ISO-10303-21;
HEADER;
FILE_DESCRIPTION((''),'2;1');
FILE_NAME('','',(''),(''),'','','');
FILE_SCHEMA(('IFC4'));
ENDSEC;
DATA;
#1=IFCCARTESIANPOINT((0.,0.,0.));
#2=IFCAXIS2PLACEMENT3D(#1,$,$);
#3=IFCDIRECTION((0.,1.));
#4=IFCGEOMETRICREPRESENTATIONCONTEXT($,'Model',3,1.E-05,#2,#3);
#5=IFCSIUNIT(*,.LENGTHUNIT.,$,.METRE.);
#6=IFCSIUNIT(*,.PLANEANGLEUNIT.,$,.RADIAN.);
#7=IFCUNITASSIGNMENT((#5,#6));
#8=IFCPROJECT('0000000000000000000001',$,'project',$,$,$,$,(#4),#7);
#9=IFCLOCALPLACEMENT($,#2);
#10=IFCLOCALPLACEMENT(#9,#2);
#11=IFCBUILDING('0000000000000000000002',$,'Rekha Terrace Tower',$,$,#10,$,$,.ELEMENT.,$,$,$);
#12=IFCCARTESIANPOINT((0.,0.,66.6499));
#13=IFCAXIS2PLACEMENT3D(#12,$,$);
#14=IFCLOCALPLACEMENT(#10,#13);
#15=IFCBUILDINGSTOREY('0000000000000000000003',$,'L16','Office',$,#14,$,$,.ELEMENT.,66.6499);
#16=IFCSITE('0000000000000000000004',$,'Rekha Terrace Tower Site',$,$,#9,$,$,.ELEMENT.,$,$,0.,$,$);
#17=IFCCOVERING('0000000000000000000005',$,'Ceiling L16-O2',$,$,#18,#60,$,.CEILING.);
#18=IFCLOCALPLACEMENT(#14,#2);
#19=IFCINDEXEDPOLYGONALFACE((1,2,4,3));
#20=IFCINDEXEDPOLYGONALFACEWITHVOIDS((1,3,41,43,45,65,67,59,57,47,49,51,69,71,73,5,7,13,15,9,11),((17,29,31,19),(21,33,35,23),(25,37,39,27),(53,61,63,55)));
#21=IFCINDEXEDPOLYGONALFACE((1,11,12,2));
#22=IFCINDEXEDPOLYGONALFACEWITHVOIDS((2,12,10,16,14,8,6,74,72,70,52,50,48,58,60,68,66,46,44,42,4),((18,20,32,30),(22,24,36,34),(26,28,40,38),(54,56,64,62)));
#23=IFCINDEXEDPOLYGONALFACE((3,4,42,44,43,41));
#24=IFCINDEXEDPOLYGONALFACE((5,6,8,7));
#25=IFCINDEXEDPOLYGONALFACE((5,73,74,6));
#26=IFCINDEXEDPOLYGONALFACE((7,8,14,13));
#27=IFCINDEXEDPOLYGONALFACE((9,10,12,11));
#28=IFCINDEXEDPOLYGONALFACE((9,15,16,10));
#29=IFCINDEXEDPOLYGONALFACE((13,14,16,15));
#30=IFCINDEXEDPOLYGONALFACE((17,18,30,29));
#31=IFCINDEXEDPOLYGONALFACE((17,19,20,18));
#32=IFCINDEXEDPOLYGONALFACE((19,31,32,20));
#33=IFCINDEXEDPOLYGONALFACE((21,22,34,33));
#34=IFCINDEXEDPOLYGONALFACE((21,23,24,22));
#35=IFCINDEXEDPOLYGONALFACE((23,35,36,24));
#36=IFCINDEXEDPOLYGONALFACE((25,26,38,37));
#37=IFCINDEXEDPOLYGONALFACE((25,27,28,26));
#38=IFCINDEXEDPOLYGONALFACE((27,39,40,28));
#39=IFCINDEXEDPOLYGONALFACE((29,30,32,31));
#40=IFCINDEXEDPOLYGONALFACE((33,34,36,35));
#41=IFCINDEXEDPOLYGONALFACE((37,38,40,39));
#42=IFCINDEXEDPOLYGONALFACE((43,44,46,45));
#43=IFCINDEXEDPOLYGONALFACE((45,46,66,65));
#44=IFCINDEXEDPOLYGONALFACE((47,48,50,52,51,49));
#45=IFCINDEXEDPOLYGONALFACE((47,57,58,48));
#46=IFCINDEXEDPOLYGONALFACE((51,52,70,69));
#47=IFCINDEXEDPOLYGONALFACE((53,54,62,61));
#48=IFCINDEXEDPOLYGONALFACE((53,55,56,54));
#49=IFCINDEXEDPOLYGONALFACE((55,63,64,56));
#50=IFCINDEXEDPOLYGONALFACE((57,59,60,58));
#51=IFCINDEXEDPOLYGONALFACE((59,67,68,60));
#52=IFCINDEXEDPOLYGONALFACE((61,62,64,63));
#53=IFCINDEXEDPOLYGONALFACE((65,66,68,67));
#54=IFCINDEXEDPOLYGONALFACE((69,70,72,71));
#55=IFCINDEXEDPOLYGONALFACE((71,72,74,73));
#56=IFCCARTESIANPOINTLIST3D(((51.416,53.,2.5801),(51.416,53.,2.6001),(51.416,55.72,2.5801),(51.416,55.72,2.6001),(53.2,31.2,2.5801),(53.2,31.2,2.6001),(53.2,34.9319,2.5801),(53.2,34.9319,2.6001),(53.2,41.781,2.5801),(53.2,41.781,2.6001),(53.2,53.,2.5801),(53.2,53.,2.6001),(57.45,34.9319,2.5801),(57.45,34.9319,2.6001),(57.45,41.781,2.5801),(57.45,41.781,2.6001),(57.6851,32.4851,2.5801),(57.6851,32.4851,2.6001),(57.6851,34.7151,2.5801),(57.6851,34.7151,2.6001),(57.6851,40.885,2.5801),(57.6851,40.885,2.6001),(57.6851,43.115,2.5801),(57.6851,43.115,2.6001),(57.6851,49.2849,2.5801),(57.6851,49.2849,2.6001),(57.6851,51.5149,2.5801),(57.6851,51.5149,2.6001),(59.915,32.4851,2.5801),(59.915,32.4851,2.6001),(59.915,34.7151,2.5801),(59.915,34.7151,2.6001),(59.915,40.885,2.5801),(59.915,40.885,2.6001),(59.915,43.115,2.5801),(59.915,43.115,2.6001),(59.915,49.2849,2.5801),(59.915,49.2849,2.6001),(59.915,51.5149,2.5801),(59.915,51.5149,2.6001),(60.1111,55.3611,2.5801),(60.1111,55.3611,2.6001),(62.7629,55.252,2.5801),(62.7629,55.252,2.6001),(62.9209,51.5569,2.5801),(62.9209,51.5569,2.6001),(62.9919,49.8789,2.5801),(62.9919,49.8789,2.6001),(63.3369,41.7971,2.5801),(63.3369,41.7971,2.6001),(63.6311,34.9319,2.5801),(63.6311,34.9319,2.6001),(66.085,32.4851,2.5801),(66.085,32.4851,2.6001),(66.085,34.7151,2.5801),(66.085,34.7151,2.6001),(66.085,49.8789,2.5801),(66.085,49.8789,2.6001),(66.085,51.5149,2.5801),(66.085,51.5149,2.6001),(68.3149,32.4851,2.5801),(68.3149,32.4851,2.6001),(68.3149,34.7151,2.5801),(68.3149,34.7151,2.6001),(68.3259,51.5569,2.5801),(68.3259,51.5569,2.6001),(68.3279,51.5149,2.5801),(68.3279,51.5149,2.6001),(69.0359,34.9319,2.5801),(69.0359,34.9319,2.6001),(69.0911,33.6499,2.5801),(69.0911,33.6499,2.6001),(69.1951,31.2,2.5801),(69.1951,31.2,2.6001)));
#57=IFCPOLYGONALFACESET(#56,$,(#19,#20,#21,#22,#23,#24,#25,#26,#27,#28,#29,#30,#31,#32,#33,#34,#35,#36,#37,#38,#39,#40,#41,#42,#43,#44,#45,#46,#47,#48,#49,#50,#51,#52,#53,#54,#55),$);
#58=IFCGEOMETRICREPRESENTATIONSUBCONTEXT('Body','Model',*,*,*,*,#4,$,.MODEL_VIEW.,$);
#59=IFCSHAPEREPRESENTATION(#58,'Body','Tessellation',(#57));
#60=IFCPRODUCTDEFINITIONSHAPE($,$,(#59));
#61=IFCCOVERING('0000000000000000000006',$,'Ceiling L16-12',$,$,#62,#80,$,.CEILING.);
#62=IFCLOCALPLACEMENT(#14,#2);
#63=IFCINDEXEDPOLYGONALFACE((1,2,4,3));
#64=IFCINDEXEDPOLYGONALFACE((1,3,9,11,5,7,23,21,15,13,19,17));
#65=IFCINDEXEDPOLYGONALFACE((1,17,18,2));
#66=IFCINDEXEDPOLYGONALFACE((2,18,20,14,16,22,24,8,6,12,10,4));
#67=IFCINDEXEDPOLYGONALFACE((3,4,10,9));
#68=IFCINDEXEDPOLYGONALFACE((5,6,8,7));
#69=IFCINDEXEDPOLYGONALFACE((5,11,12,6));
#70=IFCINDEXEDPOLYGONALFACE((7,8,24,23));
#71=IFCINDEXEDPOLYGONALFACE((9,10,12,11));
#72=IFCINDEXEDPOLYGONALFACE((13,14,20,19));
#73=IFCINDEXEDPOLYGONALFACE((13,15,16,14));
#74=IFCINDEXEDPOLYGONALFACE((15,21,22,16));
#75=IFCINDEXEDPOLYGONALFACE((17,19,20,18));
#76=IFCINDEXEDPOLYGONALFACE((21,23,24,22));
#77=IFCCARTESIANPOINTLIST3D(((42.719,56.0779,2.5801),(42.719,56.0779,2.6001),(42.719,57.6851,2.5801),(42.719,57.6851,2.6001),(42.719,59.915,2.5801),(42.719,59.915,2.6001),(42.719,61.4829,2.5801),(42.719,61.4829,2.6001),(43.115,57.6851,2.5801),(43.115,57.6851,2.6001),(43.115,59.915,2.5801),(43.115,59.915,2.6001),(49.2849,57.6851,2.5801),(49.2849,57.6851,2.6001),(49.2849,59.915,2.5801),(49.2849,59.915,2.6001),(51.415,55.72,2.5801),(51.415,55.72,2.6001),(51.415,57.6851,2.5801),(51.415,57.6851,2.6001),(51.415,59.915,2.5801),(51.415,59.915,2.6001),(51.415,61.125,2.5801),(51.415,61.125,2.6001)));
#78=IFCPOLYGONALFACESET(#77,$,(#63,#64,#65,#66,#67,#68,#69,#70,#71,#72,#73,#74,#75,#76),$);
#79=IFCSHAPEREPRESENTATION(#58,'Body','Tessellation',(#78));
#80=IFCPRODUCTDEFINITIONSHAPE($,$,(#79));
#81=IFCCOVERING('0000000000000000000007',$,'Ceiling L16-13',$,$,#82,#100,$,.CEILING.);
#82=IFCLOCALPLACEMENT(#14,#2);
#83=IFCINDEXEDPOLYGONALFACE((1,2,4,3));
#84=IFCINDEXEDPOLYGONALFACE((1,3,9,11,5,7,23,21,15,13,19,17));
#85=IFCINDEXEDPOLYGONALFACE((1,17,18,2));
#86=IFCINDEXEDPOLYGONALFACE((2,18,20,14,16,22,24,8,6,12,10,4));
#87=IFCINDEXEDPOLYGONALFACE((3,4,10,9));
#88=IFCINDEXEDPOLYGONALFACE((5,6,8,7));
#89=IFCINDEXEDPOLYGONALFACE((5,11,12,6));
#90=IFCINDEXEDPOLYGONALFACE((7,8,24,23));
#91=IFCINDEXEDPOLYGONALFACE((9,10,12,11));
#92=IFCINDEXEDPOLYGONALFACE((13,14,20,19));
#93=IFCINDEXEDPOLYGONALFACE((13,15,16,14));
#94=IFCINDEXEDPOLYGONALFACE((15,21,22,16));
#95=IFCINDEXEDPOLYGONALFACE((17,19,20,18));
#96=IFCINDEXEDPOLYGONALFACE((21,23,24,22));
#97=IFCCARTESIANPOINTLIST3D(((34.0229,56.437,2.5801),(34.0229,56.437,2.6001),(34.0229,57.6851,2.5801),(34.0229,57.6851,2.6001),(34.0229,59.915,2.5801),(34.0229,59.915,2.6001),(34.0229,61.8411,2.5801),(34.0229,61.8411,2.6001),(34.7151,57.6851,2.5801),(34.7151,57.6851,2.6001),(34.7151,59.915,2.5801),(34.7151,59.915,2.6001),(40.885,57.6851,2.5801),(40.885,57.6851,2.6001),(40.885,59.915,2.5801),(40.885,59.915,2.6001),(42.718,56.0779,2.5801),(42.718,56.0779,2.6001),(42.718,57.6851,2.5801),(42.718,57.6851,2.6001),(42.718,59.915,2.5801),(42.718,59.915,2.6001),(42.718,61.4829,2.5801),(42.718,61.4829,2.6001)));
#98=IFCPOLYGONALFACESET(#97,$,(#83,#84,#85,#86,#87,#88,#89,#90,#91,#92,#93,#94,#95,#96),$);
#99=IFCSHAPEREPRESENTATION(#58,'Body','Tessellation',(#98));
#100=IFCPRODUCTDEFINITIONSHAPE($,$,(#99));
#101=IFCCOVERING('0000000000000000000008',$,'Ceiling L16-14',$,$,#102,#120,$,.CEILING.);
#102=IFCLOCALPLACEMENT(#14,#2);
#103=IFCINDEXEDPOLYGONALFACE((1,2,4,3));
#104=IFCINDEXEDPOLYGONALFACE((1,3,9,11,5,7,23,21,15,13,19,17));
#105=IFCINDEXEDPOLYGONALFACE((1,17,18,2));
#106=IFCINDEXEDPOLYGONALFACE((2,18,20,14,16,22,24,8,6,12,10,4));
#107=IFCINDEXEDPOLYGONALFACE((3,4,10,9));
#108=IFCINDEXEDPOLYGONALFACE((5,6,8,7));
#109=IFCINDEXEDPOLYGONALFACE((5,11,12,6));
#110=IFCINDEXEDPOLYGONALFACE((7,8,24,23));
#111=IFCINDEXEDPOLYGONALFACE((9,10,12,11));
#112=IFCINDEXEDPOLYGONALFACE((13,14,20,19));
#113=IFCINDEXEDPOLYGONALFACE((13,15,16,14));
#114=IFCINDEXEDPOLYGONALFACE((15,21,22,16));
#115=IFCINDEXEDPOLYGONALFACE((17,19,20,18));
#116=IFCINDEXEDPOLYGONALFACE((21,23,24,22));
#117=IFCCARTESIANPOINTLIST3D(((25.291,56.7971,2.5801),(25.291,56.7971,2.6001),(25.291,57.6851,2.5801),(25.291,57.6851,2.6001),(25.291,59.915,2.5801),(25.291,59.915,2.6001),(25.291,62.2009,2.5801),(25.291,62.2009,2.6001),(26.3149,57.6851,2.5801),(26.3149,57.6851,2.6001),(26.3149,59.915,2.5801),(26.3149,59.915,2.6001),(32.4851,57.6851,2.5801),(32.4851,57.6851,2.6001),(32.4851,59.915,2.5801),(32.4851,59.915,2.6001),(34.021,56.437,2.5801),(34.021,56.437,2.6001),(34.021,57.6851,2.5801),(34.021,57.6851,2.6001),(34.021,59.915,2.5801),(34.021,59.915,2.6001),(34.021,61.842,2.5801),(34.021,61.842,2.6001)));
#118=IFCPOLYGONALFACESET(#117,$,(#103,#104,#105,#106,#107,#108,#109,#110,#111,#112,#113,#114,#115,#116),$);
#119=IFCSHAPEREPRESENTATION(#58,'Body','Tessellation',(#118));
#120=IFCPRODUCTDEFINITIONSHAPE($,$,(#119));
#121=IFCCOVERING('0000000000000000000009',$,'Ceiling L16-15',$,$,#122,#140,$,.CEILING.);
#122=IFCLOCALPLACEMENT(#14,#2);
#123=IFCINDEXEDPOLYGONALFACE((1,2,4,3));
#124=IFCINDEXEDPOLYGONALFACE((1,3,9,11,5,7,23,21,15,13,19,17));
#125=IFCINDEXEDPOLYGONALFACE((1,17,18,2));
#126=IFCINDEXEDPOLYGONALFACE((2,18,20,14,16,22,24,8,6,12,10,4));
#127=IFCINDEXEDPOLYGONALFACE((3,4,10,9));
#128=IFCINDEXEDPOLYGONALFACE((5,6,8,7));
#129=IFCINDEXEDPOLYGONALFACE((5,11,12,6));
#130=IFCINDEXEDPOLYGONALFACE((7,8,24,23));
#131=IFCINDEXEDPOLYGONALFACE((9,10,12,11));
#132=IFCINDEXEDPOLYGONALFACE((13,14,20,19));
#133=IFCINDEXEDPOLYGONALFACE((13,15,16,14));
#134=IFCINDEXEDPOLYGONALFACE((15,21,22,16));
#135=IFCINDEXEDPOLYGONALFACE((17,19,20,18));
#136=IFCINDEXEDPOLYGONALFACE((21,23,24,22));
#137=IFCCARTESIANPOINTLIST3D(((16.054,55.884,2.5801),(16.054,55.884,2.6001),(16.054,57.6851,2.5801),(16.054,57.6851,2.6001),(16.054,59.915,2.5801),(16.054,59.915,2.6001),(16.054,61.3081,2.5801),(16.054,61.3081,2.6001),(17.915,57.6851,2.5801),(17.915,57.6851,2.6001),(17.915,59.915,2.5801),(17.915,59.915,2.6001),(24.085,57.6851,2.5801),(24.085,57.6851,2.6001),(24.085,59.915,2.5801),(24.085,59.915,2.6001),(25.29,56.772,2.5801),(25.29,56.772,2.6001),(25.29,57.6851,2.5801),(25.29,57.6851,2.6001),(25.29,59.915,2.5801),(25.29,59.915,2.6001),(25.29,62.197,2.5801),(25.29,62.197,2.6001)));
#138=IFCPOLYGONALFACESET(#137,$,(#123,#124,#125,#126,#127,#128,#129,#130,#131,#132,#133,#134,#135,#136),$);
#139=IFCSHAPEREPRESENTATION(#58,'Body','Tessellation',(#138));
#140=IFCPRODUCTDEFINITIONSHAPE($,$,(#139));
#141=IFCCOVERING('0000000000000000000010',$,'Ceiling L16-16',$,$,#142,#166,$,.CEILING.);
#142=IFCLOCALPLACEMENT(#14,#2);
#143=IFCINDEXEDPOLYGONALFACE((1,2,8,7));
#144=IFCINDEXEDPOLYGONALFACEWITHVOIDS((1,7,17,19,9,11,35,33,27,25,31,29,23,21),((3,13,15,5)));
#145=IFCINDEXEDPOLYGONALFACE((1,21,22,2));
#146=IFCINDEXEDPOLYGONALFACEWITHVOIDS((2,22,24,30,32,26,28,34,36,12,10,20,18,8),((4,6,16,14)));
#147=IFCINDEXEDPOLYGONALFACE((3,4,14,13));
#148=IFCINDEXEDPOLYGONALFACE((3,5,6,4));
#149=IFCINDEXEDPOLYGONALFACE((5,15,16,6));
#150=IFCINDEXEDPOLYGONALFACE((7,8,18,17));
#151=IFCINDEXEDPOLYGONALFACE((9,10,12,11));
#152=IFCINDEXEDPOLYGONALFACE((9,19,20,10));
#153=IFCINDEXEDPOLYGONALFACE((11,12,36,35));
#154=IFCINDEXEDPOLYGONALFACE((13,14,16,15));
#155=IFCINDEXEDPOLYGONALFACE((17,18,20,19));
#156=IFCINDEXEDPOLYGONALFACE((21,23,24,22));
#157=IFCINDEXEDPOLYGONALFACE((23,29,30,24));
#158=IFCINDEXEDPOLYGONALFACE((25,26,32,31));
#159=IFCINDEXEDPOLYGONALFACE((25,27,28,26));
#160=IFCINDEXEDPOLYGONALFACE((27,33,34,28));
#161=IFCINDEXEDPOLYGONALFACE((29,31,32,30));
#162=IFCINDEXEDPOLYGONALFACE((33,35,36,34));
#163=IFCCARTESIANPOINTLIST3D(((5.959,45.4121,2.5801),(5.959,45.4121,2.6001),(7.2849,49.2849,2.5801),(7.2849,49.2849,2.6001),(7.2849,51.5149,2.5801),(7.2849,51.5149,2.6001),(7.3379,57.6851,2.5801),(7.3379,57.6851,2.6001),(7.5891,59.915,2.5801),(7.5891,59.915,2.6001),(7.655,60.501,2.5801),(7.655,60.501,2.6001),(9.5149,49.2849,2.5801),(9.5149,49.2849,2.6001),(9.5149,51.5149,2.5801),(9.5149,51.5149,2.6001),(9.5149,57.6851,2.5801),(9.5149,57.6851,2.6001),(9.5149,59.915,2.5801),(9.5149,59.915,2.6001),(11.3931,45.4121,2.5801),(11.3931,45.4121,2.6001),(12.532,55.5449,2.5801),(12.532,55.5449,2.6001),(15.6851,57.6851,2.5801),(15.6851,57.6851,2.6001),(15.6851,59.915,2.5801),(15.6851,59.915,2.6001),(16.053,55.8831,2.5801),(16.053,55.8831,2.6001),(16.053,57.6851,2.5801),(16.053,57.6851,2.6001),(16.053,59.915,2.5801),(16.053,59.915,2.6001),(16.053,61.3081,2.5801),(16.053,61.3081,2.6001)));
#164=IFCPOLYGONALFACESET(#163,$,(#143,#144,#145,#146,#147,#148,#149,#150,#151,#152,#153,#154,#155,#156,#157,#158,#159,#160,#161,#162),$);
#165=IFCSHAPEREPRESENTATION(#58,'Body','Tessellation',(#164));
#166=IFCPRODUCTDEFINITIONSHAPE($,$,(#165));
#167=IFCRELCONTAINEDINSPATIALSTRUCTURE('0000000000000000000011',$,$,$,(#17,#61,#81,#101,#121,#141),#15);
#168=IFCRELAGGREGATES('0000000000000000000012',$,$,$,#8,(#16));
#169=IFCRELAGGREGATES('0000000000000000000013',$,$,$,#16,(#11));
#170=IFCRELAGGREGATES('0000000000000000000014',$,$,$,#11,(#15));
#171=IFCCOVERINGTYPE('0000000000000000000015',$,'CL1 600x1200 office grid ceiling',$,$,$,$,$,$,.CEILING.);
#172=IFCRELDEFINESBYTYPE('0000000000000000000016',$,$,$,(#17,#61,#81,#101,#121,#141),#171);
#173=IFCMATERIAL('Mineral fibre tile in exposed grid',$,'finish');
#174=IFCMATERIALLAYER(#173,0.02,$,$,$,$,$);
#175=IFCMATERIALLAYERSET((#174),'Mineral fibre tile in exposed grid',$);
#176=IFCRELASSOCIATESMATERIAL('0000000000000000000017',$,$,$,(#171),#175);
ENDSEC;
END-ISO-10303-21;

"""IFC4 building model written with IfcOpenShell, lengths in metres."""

from ifc_helpers import new_model, si_unit, direction, frame, origin, place, context, subcontext, project, spatial, polyline, outline, extrude, material, layer, layer_set, type_object, element, save


model = new_model("IFC4")

# Units and contexts
model_context = context("Model", 3, precision=1e-05, world=origin(), true_north=direction((0.0, 1.0)))
body_context = subcontext(model_context, "Body", "Model", "MODEL_VIEW")
ifc_project = project(units=[si_unit("LENGTHUNIT", "METRE"), si_unit("PLANEANGLEUNIT", "RADIAN")], contexts=[model_context])

# Site, building, storey
site_placement = place(None, origin())
site = spatial("IfcSite", under=ifc_project, at=site_placement, Name="Rekha Terrace Tower Site", CompositionType="ELEMENT", RefElevation=0.0)
building_placement = place(site_placement, origin())
building = spatial("IfcBuilding", under=site, at=building_placement, Name="Rekha Terrace Tower", CompositionType="ELEMENT")
storey_placement = place(building_placement, frame((0.0, 0.0, 66.6499)))
storey = spatial("IfcBuildingStorey", under=building, at=storey_placement, Name="L16", Description="Office", CompositionType="ELEMENT", Elevation=66.6499)

# Coverings
ifc_material_1 = material(Name="Mineral fibre tile in exposed grid", Category="finish")
ifc_layer_1 = layer(ifc_material_1, 0.02)
ifc_layer_set_1 = layer_set([ifc_layer_1], Name="Mineral fibre tile in exposed grid")
covering_type_1 = type_object("IfcCoveringType", Name="CL1 600x1200 office grid ceiling", PredefinedType="CEILING", material=ifc_layer_set_1)
covering_1_placement = place(storey_placement, frame((0.0, 0.0, 2.5801)))
element("IfcCovering", 1, at=covering_1_placement, inside=storey, type_object=covering_type_1, Name="Ceiling L16-O2", PredefinedType="CEILING", context=body_context, shape_type="SweptSolid", body=[
    extrude(outline(polyline([(62.7629, 55.252), (60.1111, 55.3611), (51.416, 55.72), (51.416, 53.0), (53.2, 53.0), (53.2, 41.781), (57.45, 41.781), (57.45, 34.9319), (53.2, 34.9319), (53.2, 31.2), (69.1951, 31.2), (69.0911, 33.6499), (69.0359, 34.9319), (63.6311, 34.9319), (63.3369, 41.7971), (62.9919, 49.8789), (66.085, 49.8789), (66.085, 51.5149), (68.3279, 51.5149), (68.3259, 51.5569), (62.9209, 51.5569), (62.7629, 55.252)]), holes=[polyline([(68.3149, 32.4851), (66.085, 32.4851), (66.085, 34.7151), (68.3149, 34.7151), (68.3149, 32.4851)]), polyline([(59.915, 32.4851), (57.6851, 32.4851), (57.6851, 34.7151), (59.915, 34.7151), (59.915, 32.4851)]), polyline([(59.915, 40.885), (57.6851, 40.885), (57.6851, 43.115), (59.915, 43.115), (59.915, 40.885)]), polyline([(59.915, 49.2849), (57.6851, 49.2849), (57.6851, 51.5149), (59.915, 51.5149), (59.915, 49.2849)])]), origin(), (0.0, 0.0, 1.0), 0.02),
])
covering_2_placement = place(storey_placement, frame((0.0, 0.0, 2.5801)))
element("IfcCovering", 2, at=covering_2_placement, inside=storey, type_object=covering_type_1, Name="Ceiling L16-12", PredefinedType="CEILING", context=body_context, shape_type="SweptSolid", body=[
    extrude(outline(polyline([(51.415, 59.915), (51.415, 61.125), (42.719, 61.4829), (42.719, 59.915), (43.115, 59.915), (43.115, 57.6851), (42.719, 57.6851), (42.719, 56.0779), (51.415, 55.72), (51.415, 57.6851), (49.2849, 57.6851), (49.2849, 59.915), (51.415, 59.915)])), origin(), (0.0, 0.0, 1.0), 0.02),
])
covering_3_placement = place(storey_placement, frame((0.0, 0.0, 2.5801)))
element("IfcCovering", 3, at=covering_3_placement, inside=storey, type_object=covering_type_1, Name="Ceiling L16-13", PredefinedType="CEILING", context=body_context, shape_type="SweptSolid", body=[
    extrude(outline(polyline([(42.718, 59.915), (42.718, 61.4829), (34.0229, 61.8411), (34.0229, 59.915), (34.7151, 59.915), (34.7151, 57.6851), (34.0229, 57.6851), (34.0229, 56.437), (42.718, 56.0779), (42.718, 57.6851), (40.885, 57.6851), (40.885, 59.915), (42.718, 59.915)])), origin(), (0.0, 0.0, 1.0), 0.02),
])
covering_4_placement = place(storey_placement, frame((0.0, 0.0, 2.5801)))
element("IfcCovering", 4, at=covering_4_placement, inside=storey, type_object=covering_type_1, Name="Ceiling L16-14", PredefinedType="CEILING", context=body_context, shape_type="SweptSolid", body=[
    extrude(outline(polyline([(34.021, 59.915), (34.021, 61.842), (25.291, 62.2009), (25.291, 59.915), (26.3149, 59.915), (26.3149, 57.6851), (25.291, 57.6851), (25.291, 56.7971), (34.021, 56.437), (34.021, 57.6851), (32.4851, 57.6851), (32.4851, 59.915), (34.021, 59.915)])), origin(), (0.0, 0.0, 1.0), 0.02),
])
covering_5_placement = place(storey_placement, frame((0.0, 0.0, 2.5801)))
element("IfcCovering", 5, at=covering_5_placement, inside=storey, type_object=covering_type_1, Name="Ceiling L16-15", PredefinedType="CEILING", context=body_context, shape_type="SweptSolid", body=[
    extrude(outline(polyline([(25.29, 59.915), (25.29, 62.197), (16.054, 61.3081), (16.054, 59.915), (17.915, 59.915), (17.915, 57.6851), (16.054, 57.6851), (16.054, 55.884), (25.29, 56.772), (25.29, 57.6851), (24.085, 57.6851), (24.085, 59.915), (25.29, 59.915)])), origin(), (0.0, 0.0, 1.0), 0.02),
])
covering_6_placement = place(storey_placement, frame((0.0, 0.0, 2.5801)))
element("IfcCovering", 6, at=covering_6_placement, inside=storey, type_object=covering_type_1, Name="Ceiling L16-16", PredefinedType="CEILING", context=body_context, shape_type="SweptSolid", body=[
    extrude(outline(polyline([(16.053, 59.915), (16.053, 61.3081), (7.655, 60.501), (7.5891, 59.915), (9.5149, 59.915), (9.5149, 57.6851), (7.3379, 57.6851), (5.959, 45.4121), (11.3931, 45.4121), (12.532, 55.5449), (16.053, 55.8831), (16.053, 57.6851), (15.6851, 57.6851), (15.6851, 59.915), (16.053, 59.915)]), holes=[polyline([(9.5149, 51.5149), (9.5149, 49.2849), (7.2849, 49.2849), (7.2849, 51.5149), (9.5149, 51.5149)])]), origin(), (0.0, 0.0, 1.0), 0.02),
])

save(model, "model.ifc")
